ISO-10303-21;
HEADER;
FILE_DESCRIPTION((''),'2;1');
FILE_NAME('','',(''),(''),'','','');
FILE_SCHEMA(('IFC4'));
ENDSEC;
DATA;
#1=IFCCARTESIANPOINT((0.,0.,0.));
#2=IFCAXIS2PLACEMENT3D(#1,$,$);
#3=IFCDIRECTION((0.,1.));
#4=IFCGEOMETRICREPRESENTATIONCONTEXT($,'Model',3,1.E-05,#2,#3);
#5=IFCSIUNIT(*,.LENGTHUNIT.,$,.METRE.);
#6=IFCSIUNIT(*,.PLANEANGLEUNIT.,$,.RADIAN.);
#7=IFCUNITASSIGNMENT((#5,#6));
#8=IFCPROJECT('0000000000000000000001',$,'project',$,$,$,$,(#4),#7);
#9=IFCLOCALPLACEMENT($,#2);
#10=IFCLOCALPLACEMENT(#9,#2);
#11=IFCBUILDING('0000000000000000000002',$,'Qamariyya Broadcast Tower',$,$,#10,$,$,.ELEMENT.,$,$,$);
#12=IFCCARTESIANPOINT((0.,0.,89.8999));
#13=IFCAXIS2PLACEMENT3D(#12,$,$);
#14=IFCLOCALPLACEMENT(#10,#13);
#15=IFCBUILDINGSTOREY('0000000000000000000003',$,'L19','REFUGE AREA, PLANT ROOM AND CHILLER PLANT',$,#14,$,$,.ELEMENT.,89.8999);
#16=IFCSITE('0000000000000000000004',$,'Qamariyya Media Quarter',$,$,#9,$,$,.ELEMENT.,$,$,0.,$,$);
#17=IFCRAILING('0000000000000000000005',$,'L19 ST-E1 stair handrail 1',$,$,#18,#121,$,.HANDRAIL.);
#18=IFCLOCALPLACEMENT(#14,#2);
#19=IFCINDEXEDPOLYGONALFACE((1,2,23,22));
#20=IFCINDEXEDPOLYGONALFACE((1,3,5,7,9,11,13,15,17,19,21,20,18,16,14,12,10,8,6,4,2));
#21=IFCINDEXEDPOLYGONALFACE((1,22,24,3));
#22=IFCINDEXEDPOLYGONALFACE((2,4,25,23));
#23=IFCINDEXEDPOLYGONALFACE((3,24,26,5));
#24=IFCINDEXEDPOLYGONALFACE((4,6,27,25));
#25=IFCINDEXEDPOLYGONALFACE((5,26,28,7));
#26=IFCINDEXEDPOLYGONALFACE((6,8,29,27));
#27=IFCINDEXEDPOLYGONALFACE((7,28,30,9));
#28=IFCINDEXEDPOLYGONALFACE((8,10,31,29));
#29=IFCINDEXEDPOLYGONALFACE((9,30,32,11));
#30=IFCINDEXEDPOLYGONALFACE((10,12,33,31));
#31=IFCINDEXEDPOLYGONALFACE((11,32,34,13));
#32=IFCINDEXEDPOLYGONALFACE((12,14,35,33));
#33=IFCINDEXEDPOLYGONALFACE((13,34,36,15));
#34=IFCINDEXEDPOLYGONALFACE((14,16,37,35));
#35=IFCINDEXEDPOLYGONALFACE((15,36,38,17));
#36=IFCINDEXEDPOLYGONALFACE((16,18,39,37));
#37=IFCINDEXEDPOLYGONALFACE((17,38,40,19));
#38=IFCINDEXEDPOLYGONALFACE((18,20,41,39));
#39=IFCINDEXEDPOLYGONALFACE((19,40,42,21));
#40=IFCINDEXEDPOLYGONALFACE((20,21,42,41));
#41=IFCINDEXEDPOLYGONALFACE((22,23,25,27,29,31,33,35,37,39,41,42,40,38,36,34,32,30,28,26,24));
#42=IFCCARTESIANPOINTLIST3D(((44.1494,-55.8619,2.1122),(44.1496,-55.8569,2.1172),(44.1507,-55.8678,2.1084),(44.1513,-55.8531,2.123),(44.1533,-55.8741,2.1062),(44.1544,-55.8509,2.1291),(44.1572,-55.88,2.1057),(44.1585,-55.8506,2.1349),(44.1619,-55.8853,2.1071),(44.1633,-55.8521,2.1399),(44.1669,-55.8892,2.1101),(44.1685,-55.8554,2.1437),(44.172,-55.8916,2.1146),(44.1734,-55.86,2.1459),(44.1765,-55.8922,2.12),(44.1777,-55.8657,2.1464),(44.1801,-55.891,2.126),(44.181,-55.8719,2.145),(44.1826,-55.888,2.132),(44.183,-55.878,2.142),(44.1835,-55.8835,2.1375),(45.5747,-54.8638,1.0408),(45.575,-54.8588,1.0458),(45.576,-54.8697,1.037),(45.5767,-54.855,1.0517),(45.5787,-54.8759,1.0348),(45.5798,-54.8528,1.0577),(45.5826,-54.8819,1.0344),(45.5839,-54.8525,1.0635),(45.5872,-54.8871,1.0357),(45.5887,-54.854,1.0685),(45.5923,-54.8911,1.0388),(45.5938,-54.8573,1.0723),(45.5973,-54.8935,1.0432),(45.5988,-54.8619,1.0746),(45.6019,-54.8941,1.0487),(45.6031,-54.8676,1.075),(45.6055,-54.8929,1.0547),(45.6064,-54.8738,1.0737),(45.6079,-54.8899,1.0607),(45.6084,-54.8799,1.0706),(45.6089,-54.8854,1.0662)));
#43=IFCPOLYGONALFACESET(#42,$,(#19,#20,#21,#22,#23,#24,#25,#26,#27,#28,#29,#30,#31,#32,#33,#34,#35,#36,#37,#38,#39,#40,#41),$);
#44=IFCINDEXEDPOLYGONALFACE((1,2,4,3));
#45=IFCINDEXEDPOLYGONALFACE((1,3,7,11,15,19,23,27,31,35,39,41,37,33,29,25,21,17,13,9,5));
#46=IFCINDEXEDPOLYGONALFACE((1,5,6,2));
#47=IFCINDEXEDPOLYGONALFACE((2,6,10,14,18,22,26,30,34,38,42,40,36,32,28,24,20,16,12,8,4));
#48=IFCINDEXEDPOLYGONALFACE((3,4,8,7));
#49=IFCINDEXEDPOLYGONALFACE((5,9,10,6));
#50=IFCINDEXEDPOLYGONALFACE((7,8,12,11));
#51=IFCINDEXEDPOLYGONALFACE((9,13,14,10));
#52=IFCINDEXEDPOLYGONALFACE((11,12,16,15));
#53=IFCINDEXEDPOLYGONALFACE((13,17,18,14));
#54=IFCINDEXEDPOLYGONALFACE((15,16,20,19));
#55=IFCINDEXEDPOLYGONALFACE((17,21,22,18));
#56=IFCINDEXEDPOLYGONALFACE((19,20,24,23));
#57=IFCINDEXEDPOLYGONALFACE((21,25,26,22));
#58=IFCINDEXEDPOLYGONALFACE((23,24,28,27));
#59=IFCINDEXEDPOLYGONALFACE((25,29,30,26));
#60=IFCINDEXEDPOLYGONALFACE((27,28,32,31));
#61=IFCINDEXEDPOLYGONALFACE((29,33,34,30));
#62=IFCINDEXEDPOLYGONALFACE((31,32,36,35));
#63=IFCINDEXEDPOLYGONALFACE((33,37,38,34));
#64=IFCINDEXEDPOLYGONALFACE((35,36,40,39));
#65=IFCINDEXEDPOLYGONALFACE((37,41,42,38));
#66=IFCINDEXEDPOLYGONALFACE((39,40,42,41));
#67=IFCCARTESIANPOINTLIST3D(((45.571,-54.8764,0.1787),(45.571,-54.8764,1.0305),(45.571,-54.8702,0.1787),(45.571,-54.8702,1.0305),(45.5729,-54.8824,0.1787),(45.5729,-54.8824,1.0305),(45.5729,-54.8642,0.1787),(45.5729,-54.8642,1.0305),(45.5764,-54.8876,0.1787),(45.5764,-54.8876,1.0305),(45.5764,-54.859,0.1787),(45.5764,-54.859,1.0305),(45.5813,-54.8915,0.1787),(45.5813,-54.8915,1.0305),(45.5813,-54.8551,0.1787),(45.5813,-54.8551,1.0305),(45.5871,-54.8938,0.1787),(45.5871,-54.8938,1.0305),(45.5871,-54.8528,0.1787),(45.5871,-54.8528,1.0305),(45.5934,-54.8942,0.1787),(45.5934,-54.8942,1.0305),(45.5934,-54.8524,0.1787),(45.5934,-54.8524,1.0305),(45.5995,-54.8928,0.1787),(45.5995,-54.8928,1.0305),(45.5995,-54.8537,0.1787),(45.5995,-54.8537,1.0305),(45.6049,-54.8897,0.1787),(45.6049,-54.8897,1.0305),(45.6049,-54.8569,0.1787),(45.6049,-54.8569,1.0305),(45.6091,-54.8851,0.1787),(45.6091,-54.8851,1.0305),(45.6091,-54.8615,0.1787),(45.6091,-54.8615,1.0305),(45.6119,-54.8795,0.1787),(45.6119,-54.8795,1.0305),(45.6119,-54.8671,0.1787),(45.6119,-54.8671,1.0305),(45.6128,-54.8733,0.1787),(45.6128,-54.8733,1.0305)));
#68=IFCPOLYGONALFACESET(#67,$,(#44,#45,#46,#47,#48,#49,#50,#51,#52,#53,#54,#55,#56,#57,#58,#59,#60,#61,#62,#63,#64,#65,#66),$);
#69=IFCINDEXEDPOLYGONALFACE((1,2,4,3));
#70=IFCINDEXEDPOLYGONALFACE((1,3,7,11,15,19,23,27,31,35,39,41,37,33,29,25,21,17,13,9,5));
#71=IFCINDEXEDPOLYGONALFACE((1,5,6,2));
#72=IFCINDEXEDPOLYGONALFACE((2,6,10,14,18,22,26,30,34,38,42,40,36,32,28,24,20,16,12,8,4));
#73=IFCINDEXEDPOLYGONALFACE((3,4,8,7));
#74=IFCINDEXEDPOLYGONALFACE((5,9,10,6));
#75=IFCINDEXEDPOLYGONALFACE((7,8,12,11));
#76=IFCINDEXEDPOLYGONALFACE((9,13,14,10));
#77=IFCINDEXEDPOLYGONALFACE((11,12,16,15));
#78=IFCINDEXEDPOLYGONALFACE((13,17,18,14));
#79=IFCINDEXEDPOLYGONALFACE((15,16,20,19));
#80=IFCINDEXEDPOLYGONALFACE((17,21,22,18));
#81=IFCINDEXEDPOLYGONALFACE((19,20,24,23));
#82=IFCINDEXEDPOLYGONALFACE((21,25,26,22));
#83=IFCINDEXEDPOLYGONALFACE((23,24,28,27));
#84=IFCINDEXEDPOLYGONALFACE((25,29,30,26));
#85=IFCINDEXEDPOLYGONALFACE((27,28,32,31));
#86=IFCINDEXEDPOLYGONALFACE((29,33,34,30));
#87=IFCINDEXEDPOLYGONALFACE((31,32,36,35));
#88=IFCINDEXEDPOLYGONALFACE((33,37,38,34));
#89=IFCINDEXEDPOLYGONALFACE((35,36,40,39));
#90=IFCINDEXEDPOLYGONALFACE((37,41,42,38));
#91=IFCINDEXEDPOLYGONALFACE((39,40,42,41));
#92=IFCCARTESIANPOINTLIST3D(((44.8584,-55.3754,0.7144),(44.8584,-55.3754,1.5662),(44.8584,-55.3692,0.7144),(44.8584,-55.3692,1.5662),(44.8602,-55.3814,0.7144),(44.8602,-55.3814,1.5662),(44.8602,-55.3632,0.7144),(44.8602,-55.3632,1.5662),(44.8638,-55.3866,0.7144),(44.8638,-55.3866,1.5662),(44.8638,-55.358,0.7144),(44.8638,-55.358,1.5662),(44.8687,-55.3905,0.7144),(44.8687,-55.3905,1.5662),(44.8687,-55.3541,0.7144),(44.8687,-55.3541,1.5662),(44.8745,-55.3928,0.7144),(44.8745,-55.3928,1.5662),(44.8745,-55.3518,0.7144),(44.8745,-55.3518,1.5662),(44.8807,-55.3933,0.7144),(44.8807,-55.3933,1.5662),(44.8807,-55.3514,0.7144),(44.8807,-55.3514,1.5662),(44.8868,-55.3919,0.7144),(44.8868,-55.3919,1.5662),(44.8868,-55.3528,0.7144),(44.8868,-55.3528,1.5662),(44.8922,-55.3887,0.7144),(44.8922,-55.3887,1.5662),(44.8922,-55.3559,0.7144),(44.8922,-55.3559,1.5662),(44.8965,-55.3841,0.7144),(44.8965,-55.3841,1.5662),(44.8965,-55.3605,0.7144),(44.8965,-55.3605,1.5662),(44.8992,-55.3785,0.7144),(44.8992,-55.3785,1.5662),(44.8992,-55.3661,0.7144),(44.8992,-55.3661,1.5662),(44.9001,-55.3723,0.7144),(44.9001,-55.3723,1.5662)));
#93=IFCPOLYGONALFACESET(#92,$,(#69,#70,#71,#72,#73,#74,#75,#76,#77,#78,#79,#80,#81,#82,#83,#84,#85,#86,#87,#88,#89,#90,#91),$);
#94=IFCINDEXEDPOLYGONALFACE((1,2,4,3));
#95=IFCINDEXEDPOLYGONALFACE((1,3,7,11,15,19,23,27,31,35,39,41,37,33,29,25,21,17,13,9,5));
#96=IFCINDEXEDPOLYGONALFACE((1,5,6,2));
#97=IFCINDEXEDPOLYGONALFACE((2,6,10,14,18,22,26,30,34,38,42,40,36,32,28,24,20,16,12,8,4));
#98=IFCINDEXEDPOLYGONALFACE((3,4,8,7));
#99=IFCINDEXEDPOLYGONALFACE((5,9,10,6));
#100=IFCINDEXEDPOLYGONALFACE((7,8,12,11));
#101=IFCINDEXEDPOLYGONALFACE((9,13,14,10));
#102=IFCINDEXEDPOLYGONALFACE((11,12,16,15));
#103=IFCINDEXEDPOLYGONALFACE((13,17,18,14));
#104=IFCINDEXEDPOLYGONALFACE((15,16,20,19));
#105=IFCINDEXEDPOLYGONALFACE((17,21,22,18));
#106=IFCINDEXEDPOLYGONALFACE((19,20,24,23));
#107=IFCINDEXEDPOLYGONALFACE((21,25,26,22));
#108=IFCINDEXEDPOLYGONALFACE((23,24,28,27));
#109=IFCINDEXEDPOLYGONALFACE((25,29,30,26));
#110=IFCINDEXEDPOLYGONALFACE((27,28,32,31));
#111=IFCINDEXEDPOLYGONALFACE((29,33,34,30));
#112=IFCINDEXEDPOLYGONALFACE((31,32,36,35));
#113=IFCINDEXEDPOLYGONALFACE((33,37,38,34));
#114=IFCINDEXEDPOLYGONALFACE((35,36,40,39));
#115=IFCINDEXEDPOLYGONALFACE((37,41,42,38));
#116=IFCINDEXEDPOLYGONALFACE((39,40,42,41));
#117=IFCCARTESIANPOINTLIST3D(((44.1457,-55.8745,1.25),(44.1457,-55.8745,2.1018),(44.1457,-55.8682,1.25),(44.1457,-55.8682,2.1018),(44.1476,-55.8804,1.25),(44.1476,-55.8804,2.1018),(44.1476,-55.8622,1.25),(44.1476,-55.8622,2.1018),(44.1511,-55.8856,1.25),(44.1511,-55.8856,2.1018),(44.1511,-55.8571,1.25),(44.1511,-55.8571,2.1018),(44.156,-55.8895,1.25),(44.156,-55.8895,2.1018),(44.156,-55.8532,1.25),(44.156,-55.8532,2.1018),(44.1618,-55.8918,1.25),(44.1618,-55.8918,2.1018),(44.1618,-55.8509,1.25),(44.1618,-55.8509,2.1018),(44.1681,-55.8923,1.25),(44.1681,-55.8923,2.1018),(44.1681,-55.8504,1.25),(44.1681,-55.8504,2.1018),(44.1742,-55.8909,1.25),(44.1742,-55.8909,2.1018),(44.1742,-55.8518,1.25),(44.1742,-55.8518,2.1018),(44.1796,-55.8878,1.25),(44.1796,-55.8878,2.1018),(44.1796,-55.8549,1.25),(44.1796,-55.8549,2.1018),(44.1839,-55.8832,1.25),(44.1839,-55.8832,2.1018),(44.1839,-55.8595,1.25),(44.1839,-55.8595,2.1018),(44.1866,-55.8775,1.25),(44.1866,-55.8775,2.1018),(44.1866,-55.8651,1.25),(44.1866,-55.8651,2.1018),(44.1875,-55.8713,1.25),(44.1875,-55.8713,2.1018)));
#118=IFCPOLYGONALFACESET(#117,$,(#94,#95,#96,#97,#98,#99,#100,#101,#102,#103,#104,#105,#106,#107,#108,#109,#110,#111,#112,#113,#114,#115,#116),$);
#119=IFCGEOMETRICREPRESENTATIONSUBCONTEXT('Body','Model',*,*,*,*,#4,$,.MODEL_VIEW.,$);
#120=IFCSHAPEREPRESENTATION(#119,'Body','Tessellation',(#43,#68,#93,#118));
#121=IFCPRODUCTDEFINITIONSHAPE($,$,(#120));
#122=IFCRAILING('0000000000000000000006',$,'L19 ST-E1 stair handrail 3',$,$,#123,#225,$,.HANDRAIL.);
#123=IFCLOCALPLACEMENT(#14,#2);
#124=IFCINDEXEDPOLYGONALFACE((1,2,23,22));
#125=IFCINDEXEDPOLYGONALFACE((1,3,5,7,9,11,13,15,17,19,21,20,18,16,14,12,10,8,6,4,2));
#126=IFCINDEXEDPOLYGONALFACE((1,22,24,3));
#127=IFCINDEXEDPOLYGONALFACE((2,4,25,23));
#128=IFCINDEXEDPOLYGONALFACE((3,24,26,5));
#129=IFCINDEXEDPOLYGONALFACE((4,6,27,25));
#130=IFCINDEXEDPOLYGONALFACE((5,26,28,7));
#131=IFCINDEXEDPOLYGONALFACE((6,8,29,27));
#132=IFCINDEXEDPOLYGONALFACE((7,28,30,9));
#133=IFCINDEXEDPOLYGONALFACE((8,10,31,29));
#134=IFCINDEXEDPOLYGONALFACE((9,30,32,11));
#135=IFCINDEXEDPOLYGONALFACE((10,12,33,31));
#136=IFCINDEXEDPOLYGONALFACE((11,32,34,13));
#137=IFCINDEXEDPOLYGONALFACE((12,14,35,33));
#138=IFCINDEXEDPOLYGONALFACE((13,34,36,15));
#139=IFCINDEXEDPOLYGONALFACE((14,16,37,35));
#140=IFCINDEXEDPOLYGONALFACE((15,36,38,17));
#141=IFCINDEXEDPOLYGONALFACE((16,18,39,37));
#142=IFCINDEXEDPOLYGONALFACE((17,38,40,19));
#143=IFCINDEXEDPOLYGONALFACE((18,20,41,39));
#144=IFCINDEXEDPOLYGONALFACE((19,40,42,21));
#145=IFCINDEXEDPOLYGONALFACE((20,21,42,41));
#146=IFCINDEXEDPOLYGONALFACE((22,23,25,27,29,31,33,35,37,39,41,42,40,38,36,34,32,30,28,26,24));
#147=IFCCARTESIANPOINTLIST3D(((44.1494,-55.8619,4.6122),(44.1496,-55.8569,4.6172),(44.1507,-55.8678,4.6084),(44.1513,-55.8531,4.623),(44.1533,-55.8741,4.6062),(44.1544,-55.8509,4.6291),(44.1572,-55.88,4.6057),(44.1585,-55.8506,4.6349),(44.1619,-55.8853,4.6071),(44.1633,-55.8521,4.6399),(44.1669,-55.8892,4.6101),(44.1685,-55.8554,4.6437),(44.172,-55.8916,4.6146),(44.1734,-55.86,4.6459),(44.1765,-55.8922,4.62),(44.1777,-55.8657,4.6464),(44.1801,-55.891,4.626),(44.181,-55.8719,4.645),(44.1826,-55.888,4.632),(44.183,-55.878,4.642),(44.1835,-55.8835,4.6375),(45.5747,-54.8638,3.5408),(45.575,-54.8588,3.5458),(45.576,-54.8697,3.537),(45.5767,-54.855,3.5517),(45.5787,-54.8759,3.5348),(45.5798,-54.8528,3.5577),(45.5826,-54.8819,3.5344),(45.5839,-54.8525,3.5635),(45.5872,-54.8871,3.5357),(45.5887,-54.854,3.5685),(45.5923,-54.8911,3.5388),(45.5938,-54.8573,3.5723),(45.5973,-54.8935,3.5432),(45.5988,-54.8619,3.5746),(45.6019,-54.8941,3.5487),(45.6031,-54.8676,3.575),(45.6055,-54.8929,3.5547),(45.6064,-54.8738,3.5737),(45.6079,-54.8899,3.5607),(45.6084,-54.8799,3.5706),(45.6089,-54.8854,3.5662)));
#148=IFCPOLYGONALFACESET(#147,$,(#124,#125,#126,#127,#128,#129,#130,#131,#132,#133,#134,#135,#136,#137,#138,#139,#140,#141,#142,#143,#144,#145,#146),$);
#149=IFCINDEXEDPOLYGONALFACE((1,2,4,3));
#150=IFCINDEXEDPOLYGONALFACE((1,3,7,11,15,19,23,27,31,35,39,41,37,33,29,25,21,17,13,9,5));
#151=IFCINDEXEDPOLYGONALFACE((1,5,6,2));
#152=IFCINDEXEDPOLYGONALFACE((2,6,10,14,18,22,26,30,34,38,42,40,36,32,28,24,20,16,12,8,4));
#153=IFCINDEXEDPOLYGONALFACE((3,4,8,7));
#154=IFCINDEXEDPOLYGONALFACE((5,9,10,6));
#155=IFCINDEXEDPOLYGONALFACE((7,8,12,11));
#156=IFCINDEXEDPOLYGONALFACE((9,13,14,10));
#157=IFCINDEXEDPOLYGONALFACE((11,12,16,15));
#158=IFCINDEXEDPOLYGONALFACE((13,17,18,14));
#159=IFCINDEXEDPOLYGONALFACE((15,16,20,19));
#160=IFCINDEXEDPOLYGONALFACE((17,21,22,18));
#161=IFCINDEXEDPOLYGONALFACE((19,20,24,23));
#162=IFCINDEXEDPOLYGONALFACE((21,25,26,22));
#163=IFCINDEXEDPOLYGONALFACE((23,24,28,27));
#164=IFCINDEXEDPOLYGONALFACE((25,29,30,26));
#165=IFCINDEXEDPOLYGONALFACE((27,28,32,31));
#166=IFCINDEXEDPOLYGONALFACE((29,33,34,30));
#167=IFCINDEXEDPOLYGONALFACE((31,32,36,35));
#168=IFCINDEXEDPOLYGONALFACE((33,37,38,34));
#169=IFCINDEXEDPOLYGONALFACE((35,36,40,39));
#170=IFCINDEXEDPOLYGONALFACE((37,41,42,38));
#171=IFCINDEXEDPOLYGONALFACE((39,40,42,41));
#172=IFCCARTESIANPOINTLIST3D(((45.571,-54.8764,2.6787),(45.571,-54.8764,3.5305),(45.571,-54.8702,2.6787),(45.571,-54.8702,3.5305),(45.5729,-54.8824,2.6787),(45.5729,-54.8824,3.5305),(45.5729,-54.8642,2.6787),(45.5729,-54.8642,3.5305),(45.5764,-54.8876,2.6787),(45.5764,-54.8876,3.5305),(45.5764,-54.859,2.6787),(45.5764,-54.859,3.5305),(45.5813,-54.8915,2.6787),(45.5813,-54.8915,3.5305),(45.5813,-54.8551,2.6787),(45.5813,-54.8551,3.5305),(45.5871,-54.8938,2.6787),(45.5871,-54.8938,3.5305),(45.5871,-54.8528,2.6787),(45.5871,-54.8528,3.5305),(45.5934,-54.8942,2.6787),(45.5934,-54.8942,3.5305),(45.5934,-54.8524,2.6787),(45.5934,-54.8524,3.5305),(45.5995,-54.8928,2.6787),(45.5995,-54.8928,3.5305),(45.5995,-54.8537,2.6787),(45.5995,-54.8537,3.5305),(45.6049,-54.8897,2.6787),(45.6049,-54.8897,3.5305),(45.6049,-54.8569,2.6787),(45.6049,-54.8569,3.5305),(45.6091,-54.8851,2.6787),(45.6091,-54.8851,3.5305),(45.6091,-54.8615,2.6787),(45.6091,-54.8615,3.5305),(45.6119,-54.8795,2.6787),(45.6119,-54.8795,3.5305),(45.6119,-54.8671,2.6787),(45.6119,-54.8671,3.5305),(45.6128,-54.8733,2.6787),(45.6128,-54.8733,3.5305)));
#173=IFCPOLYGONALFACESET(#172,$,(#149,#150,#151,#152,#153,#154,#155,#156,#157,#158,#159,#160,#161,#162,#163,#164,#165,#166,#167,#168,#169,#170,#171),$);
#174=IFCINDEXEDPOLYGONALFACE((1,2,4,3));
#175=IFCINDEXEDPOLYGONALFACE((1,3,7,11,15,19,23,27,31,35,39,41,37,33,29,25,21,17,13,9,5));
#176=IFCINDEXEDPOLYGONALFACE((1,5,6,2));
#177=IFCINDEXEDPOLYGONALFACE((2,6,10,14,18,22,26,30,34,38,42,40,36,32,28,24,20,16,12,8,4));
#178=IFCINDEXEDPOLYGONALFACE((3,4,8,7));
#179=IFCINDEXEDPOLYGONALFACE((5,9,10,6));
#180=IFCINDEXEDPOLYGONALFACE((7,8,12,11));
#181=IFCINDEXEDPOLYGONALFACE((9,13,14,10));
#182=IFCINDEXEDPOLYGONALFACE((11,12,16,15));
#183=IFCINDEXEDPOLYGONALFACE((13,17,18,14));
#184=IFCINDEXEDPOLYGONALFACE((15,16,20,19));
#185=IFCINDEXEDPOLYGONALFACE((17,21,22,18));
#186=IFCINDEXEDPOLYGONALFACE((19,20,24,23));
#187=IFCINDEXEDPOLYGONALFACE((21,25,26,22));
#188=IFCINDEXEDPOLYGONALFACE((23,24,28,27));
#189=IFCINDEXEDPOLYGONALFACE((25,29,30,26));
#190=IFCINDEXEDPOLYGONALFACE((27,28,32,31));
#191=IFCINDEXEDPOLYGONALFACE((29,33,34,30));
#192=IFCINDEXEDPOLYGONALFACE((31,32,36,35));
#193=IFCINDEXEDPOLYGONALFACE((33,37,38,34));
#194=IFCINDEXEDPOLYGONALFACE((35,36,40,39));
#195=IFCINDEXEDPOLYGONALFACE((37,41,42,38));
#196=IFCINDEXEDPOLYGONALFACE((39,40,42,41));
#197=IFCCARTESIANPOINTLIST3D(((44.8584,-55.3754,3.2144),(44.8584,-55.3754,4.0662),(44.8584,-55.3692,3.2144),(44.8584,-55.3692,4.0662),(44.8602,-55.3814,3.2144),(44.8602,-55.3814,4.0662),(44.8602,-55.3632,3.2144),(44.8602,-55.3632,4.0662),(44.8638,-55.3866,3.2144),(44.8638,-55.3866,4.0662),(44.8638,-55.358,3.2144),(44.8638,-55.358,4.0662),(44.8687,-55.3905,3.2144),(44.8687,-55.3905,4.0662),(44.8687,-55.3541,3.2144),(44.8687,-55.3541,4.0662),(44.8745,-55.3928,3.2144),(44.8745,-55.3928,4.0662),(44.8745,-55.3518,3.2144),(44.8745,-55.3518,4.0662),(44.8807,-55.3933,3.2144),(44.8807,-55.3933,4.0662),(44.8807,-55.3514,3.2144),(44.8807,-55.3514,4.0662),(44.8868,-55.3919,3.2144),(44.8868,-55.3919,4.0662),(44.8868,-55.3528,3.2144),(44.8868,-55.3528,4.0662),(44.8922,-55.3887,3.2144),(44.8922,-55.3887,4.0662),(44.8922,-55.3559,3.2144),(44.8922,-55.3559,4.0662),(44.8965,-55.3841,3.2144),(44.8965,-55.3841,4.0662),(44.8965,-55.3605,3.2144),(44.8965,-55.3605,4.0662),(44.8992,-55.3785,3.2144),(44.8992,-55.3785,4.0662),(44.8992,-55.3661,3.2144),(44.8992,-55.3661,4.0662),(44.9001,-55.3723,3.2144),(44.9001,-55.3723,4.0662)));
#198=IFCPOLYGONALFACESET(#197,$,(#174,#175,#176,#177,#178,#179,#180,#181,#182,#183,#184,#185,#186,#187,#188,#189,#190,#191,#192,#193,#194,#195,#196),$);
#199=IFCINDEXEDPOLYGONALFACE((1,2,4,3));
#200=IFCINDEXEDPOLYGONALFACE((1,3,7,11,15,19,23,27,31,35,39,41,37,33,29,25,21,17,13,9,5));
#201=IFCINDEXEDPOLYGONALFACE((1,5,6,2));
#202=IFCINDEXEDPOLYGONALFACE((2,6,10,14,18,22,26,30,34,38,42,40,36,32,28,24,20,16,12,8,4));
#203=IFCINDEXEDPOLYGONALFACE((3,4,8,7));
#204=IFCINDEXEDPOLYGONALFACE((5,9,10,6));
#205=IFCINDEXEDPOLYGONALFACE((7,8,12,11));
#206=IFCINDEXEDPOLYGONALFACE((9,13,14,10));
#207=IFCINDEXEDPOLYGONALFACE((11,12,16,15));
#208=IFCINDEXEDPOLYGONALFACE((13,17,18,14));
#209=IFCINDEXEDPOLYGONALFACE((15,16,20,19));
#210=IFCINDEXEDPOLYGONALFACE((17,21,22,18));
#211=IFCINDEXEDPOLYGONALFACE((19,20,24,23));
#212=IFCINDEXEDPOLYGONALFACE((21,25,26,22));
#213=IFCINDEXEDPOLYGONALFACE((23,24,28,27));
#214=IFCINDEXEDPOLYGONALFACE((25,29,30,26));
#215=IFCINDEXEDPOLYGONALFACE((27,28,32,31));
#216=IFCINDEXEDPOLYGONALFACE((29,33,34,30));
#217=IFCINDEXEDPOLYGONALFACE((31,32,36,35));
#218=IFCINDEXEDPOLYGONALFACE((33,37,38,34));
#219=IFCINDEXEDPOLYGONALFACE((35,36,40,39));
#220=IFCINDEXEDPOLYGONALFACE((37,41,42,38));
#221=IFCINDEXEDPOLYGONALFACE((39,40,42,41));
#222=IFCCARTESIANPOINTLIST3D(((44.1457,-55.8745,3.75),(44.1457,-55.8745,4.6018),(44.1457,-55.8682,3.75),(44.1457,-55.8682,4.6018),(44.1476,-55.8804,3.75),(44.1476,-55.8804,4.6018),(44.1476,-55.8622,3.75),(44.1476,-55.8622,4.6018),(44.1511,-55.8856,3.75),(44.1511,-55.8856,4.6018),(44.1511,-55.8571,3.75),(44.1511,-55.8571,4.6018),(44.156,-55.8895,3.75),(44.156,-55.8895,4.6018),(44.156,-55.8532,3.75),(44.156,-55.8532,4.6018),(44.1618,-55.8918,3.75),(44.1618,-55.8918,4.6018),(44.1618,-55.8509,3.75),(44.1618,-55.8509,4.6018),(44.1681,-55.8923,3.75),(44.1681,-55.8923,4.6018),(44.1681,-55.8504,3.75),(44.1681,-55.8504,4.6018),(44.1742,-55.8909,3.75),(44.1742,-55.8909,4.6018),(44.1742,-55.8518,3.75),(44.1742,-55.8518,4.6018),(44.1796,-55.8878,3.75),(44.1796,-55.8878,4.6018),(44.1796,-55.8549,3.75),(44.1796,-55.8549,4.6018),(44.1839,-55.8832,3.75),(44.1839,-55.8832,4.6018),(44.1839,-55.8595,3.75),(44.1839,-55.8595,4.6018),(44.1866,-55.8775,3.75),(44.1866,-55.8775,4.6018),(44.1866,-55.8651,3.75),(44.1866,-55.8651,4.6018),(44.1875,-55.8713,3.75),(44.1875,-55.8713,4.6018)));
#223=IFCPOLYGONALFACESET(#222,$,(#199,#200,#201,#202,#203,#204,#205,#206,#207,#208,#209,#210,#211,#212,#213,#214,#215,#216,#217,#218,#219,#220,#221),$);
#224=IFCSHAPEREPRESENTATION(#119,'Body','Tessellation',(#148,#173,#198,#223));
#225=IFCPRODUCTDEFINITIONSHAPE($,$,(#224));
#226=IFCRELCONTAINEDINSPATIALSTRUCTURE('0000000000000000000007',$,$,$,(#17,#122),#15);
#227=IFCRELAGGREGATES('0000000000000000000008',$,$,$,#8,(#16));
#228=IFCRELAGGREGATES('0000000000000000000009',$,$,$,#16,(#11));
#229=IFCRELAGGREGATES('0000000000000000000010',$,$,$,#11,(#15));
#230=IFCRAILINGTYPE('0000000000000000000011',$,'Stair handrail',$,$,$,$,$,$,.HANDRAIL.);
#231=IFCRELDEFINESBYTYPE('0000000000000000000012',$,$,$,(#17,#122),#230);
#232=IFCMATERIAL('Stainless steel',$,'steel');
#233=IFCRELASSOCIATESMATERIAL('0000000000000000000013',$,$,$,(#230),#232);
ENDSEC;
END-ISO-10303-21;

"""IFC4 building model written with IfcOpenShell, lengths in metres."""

from ifc_helpers import new_model, si_unit, direction, frame, origin, origin_2d, place, context, subcontext, project, spatial, circle, extrude, material, type_object, element, save


model = new_model("IFC4")

# Units and contexts
model_context = context("Model", 3, precision=1e-05, world=origin(), true_north=direction((0.0, 1.0)))
body_context = subcontext(model_context, "Body", "Model", "MODEL_VIEW")
ifc_project = project(units=[si_unit("LENGTHUNIT", "METRE"), si_unit("PLANEANGLEUNIT", "RADIAN")], contexts=[model_context])

# Site, building, storey
site_placement = place(None, origin())
site = spatial("IfcSite", under=ifc_project, at=site_placement, Name="Qamariyya Media Quarter", CompositionType="ELEMENT", RefElevation=0.0)
building_placement = place(site_placement, origin())
building = spatial("IfcBuilding", under=site, at=building_placement, Name="Qamariyya Broadcast Tower", CompositionType="ELEMENT")
storey_placement = place(building_placement, frame((0.0, 0.0, 89.8999)))
storey = spatial("IfcBuildingStorey", under=building, at=storey_placement, Name="L19", Description="REFUGE AREA, PLANT ROOM AND CHILLER PLANT", CompositionType="ELEMENT", Elevation=89.8999)

# Railings
ifc_material_1 = material(Name="Stainless steel", Category="steel")
railing_type = type_object("IfcRailingType", Name="Stair handrail", PredefinedType="HANDRAIL", material=ifc_material_1)
for number, where, name in (
    (1, (45.5918, -54.8733, 0.1787), "L19 ST-E1 stair handrail 1"),
    (2, (45.5918, -54.8733, 2.6787), "L19 ST-E1 stair handrail 3"),
):
    element("IfcRailing", number, at=place(storey_placement, frame(where)), inside=storey, type_object=railing_type, Name=name, PredefinedType="HANDRAIL", context=body_context, shape_type="SweptSolid", body=[
        extrude(circle(Radius=0.0239, at=origin_2d()), frame((0.0, 0.0, 0.876), z_axis=(-0.697533, -0.48844, 0.524285), x_axis=(0.573594, -0.81914, 0.0)), (0.0, 0.0, 1.0), 2.0435),
        extrude(circle(Radius=0.021, at=origin_2d()), origin(), (0.0, 0.0, 1.0), 0.8518),
        extrude(circle(Radius=0.021, at=origin_2d()), frame((-0.7126, -0.499, 0.5356)), (0.0, 0.0, 1.0), 0.8518),
        extrude(circle(Radius=0.021, at=origin_2d()), frame((-1.4253, -0.998, 1.0713)), (0.0, 0.0, 1.0), 0.8518),
    ])

save(model, "model.ifc")
